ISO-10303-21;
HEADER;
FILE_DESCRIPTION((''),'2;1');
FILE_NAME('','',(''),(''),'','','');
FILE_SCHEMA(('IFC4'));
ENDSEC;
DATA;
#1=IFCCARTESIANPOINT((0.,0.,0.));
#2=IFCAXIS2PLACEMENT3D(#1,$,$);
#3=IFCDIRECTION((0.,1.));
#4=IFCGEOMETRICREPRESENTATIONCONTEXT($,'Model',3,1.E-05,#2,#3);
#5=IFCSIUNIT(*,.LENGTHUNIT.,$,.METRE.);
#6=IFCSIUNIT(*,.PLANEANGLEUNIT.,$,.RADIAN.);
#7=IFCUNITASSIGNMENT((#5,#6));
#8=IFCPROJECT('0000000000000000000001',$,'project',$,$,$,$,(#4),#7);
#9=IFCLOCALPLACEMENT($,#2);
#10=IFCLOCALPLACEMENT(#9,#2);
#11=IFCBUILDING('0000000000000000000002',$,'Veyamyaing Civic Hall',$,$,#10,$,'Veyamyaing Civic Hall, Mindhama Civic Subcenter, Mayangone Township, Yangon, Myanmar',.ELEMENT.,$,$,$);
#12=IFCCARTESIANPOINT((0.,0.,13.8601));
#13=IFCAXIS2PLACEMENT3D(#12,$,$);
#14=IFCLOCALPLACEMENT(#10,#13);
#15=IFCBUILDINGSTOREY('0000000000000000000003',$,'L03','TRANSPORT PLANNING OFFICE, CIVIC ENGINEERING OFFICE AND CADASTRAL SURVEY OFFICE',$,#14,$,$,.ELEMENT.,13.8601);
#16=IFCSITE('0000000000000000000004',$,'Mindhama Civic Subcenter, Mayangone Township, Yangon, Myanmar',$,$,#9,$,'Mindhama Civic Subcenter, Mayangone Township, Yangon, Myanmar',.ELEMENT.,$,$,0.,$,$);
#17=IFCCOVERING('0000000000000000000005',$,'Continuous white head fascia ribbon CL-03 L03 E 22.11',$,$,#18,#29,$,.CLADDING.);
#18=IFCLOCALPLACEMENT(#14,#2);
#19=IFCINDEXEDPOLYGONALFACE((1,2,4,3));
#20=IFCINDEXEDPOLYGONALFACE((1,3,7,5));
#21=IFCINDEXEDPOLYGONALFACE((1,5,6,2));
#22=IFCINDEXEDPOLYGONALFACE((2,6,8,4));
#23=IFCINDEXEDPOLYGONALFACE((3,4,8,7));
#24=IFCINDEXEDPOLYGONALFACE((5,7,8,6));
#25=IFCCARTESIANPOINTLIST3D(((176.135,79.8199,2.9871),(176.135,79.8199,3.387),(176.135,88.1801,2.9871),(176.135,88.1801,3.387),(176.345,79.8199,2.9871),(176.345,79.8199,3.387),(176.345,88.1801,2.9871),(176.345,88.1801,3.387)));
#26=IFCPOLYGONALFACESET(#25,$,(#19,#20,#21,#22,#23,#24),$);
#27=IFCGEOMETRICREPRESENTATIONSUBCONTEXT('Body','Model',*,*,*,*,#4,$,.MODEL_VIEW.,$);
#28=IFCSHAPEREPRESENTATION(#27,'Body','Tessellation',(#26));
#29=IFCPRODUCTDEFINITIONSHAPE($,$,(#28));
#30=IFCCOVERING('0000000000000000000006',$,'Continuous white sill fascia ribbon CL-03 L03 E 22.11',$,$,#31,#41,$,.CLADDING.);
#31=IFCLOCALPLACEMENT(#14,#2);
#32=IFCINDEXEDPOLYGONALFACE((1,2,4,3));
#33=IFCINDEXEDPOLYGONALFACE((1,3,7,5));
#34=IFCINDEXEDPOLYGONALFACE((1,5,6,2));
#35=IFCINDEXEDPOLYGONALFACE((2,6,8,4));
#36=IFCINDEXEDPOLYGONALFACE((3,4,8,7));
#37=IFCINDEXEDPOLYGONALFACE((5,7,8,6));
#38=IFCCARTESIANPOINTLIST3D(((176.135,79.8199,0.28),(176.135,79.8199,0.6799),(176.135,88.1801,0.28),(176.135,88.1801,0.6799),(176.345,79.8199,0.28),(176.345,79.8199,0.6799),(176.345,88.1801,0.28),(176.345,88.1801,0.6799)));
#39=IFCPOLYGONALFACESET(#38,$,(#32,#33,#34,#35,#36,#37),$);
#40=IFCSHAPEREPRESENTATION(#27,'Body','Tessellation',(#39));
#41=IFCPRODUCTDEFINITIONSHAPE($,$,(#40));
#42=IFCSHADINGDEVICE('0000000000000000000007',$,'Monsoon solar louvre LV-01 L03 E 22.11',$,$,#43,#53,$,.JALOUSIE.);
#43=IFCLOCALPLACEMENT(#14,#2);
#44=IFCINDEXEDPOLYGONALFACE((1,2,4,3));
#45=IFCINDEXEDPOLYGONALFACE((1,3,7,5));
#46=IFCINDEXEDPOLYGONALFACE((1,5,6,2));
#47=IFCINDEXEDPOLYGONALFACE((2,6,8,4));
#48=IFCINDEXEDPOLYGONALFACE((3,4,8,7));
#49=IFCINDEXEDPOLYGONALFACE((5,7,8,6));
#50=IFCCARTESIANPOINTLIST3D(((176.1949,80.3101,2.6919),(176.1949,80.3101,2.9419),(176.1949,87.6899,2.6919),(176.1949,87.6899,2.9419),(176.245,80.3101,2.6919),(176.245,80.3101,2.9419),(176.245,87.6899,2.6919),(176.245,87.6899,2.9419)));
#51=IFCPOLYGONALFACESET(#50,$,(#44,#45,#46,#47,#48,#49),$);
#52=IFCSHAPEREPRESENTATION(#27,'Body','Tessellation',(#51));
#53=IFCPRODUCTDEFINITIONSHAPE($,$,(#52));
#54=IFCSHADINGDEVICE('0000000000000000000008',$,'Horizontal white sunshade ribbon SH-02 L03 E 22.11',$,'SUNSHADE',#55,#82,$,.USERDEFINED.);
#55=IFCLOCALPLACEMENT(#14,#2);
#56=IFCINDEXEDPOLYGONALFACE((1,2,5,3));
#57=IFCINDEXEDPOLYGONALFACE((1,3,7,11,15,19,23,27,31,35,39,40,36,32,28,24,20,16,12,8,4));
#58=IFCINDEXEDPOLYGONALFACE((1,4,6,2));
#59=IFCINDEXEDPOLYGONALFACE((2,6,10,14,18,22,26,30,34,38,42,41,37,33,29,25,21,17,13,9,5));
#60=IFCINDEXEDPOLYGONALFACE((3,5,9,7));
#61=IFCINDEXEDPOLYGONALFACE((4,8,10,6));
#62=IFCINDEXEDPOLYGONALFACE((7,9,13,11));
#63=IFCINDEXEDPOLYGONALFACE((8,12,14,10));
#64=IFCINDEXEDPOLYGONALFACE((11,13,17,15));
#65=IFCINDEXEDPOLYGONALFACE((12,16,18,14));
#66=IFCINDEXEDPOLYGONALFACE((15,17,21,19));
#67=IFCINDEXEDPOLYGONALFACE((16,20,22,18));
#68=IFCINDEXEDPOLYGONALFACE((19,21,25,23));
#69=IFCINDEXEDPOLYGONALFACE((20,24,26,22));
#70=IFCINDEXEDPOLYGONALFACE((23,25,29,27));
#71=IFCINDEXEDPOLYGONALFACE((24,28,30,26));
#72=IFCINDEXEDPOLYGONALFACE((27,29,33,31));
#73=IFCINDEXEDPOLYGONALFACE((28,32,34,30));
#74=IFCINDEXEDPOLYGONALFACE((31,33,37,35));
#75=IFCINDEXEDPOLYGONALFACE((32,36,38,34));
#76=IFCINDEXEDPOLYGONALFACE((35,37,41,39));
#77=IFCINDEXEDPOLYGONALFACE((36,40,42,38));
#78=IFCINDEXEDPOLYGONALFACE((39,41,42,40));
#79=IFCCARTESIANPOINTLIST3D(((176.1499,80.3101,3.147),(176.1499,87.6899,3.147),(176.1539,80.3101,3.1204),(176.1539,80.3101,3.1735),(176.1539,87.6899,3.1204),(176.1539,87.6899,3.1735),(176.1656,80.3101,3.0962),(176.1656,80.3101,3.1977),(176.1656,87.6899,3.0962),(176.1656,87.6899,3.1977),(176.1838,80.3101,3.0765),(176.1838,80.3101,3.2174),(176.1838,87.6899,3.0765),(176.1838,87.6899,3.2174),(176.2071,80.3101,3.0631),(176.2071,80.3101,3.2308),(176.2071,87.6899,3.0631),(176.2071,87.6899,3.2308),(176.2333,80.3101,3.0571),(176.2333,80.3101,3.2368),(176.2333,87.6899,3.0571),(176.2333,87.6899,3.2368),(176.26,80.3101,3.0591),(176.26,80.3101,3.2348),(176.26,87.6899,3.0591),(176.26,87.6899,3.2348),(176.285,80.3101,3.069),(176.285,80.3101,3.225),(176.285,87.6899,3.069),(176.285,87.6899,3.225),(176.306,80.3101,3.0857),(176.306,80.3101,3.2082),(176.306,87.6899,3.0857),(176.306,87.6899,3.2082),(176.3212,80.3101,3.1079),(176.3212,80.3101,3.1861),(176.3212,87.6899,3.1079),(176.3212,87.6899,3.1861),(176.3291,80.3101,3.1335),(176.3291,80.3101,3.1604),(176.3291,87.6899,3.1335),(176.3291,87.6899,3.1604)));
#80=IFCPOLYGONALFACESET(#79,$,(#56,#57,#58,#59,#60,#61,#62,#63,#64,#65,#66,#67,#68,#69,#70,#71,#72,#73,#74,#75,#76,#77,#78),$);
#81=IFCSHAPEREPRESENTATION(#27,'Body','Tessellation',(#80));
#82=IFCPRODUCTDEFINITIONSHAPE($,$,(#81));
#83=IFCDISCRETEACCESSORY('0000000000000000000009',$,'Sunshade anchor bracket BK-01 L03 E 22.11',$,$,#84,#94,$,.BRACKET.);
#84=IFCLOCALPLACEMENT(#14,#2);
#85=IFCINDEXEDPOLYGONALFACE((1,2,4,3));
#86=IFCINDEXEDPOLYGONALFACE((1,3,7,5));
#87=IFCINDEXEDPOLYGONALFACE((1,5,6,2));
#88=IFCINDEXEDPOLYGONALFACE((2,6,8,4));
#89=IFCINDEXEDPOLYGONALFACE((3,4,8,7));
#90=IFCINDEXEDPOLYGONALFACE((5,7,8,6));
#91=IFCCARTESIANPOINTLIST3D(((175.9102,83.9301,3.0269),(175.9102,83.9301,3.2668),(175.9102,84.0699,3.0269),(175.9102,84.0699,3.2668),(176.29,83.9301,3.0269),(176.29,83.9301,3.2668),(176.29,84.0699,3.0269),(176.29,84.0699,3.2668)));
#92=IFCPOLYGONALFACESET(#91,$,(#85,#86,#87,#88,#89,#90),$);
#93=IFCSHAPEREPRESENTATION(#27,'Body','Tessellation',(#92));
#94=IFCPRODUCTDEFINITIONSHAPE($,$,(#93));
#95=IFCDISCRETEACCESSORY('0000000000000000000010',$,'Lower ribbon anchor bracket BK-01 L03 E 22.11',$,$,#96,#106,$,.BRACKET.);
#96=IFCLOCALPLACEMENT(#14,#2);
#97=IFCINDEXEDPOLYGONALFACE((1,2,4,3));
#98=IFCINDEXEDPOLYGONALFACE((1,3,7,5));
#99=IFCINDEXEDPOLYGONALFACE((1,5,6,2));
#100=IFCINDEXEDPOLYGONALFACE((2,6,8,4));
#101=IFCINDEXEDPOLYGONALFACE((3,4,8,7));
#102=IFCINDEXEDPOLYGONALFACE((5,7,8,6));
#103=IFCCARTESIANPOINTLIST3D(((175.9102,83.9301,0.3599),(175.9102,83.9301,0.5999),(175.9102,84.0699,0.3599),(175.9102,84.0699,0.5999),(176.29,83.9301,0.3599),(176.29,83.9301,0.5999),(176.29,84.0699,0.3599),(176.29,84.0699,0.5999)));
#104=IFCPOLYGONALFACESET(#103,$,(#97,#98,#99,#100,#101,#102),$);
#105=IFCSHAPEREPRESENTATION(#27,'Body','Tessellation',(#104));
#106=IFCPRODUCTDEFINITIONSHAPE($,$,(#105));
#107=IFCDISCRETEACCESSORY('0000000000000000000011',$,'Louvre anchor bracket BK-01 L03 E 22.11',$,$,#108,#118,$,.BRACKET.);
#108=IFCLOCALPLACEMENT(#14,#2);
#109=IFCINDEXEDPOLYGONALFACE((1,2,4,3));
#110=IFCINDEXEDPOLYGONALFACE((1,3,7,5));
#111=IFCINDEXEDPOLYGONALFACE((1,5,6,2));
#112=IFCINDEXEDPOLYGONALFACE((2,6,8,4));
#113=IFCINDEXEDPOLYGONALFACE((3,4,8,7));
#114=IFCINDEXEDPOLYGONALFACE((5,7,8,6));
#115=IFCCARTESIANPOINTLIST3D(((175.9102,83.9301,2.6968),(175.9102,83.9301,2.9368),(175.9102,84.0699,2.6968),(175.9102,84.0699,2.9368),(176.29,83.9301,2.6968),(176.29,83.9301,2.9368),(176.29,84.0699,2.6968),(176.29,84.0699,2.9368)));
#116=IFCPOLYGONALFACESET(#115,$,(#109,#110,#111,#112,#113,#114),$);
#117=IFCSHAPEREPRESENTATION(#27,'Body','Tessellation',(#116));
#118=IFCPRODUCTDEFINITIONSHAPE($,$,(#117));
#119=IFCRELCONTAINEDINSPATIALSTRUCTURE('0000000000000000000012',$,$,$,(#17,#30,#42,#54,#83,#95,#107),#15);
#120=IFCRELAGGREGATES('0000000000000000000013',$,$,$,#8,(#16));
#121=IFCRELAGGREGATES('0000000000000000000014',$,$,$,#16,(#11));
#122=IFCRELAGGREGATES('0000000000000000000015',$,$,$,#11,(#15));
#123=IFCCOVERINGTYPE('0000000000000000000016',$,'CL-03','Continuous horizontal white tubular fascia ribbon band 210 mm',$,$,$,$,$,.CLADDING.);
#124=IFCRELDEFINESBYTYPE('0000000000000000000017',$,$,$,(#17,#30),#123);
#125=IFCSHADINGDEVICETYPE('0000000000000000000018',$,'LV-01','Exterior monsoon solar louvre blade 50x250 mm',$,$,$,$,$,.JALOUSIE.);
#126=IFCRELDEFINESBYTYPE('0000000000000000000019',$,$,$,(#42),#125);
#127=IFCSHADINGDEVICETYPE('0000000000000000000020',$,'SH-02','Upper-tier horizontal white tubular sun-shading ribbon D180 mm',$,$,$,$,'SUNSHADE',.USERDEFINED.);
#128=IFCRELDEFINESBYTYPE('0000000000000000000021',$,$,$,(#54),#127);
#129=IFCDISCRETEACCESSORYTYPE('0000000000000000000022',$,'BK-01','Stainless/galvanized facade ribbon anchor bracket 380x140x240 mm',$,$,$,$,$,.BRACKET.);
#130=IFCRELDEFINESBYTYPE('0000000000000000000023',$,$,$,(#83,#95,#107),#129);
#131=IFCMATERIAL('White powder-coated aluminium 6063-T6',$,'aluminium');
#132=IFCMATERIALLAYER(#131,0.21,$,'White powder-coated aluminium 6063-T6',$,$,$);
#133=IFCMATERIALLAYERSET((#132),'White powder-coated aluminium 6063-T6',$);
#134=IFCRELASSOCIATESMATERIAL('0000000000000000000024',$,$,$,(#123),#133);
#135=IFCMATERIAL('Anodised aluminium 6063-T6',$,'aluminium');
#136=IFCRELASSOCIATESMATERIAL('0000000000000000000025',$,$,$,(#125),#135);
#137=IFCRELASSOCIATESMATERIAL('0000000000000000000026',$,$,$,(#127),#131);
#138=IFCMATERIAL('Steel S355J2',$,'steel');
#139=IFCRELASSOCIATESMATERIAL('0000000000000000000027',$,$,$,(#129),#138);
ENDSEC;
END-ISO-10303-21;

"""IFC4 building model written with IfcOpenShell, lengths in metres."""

from ifc_helpers import new_model, si_unit, direction, frame, origin, origin_2d, place, context, subcontext, project, spatial, rectangle, circle, extrude, material, layer, layer_set, material_profile, profile_set, type_object, element, save


model = new_model("IFC4")

# Units and contexts
model_context = context("Model", 3, precision=1e-05, world=origin(), true_north=direction((0.0, 1.0)))
body_context = subcontext(model_context, "Body", "Model", "MODEL_VIEW")
ifc_project = project(units=[si_unit("LENGTHUNIT", "METRE"), si_unit("PLANEANGLEUNIT", "RADIAN")], contexts=[model_context])

# Site, building, storey
site_placement = place(None, origin())
site = spatial("IfcSite", under=ifc_project, at=site_placement, Name="Mindhama Civic Subcenter, Mayangone Township, Yangon, Myanmar", LongName="Mindhama Civic Subcenter, Mayangone Township, Yangon, Myanmar", CompositionType="ELEMENT", RefElevation=0.0)
building_placement = place(site_placement, origin())
building = spatial("IfcBuilding", under=site, at=building_placement, Name="Veyamyaing Civic Hall", LongName="Veyamyaing Civic Hall, Mindhama Civic Subcenter, Mayangone Township, Yangon, Myanmar", CompositionType="ELEMENT")
storey_placement = place(building_placement, frame((0.0, 0.0, 13.8601)))
storey = spatial("IfcBuildingStorey", under=building, at=storey_placement, Name="L03", Description="TRANSPORT PLANNING OFFICE, CIVIC ENGINEERING OFFICE AND CADASTRAL SURVEY OFFICE", CompositionType="ELEMENT", Elevation=13.8601)

# Coverings
ifc_material_1 = material(Name="White powder-coated aluminium 6063-T6", Category="aluminium")
ifc_layer_1 = layer(ifc_material_1, 0.21, Name="White powder-coated aluminium 6063-T6")
ifc_layer_set_1 = layer_set([ifc_layer_1], Name="White powder-coated aluminium 6063-T6")
covering_type_1 = type_object("IfcCoveringType", Name="CL-03", Description="Continuous horizontal white tubular fascia ribbon band 210 mm", PredefinedType="CLADDING", material=ifc_layer_set_1)
for number, where, z_axis, x_axis, name in (
    (1, (176.24, 84.0, 2.9871), (0.0, 0.0, 1.0), (0.0, 1.0, 0.0), "Continuous white head fascia ribbon CL-03 L03 E 22.11"),
    (2, (176.24, 84.0, 0.28), (0.0, 0.0, 1.0), (0.0, 1.0, 0.0), "Continuous white sill fascia ribbon CL-03 L03 E 22.11"),
):
    element("IfcCovering", number, at=place(storey_placement, frame(where, z_axis=z_axis, x_axis=x_axis)), inside=storey, type_object=covering_type_1, Name=name, PredefinedType="CLADDING", context=body_context, shape_type="SweptSolid", body=[
        extrude(rectangle(XDim=8.3601, YDim=0.21, at=origin_2d()), origin(), (0.0, 0.0, 1.0), 0.3999),
    ])

# Shading devices
ifc_material_2 = material(Name="Anodised aluminium 6063-T6", Category="aluminium")
ifc_material_profile_1 = material_profile(ifc_material_2, rectangle(XDim=0.05, YDim=0.25, at=origin_2d()), Name="LOUVRE-BLADE-50X250")
ifc_profile_set_1 = profile_set([ifc_material_profile_1], Name="Anodised aluminium 6063-T6")
shading_device_type_1 = type_object("IfcShadingDeviceType", Name="LV-01", Description="Exterior monsoon solar louvre blade 50x250 mm", PredefinedType="JALOUSIE", material=ifc_profile_set_1)
shading_device_1_placement = place(storey_placement, frame((176.22, 80.3101, 2.8169), z_axis=(0.0, 1.0, 0.0), x_axis=(-1.0, 0.0, 0.0)))
element("IfcShadingDevice", 3, at=shading_device_1_placement, inside=storey, type_object=shading_device_type_1, Name="Monsoon solar louvre LV-01 L03 E 22.11", PredefinedType="JALOUSIE", context=body_context, shape_type="SweptSolid", body=[
    extrude(rectangle(XDim=0.05, YDim=0.25, at=origin_2d()), origin(), (0.0, 0.0, 1.0), 7.3799),
])
ifc_material_profile_2 = material_profile(ifc_material_1, circle(Radius=0.0901, at=origin_2d()), Name="SHADE-TUBE-180")
ifc_profile_set_2 = profile_set([ifc_material_profile_2], Name="White powder-coated aluminium 6063-T6")
shading_device_type_2 = type_object("IfcShadingDeviceType", Name="SH-02", Description="Upper-tier horizontal white tubular sun-shading ribbon D180 mm", ElementType="SUNSHADE", PredefinedType="USERDEFINED", material=ifc_profile_set_2)
shading_device_2_placement = place(storey_placement, frame((176.24, 80.3101, 3.147), z_axis=(0.0, 1.0, 0.0), x_axis=(-1.0, 0.0, 0.0)))
element("IfcShadingDevice", 4, at=shading_device_2_placement, inside=storey, type_object=shading_device_type_2, Name="Horizontal white sunshade ribbon SH-02 L03 E 22.11", ObjectType="SUNSHADE", PredefinedType="USERDEFINED", context=body_context, shape_type="SweptSolid", body=[
    extrude(circle(Radius=0.0901, at=origin_2d()), origin(), (0.0, 0.0, 1.0), 7.3799),
])

# Discrete accessories
ifc_material_3 = material(Name="Steel S355J2", Category="steel")
discrete_accessory_type = type_object("IfcDiscreteAccessoryType", Name="BK-01", Description="Stainless/galvanized facade ribbon anchor bracket 380x140x240 mm", PredefinedType="BRACKET", material=ifc_material_3)
for number, where, z_axis, x_axis, name in (
    (5, (176.1001, 84.0, 3.0269), (0.0, 0.0, 1.0), (1.0, 0.0, 0.0), "Sunshade anchor bracket BK-01 L03 E 22.11"),
    (6, (176.1001, 84.0, 0.3599), (0.0, 0.0, 1.0), (1.0, 0.0, 0.0), "Lower ribbon anchor bracket BK-01 L03 E 22.11"),
    (7, (176.1001, 84.0, 2.6968), (0.0, 0.0, 1.0), (1.0, 0.0, 0.0), "Louvre anchor bracket BK-01 L03 E 22.11"),
):
    element("IfcDiscreteAccessory", number, at=place(storey_placement, frame(where, z_axis=z_axis, x_axis=x_axis)), inside=storey, type_object=discrete_accessory_type, Name=name, PredefinedType="BRACKET", context=body_context, shape_type="SweptSolid", body=[
        extrude(rectangle(XDim=0.3799, YDim=0.1399, at=origin_2d()), origin(), (0.0, 0.0, 1.0), 0.24),
    ])

save(model, "model.ifc")
